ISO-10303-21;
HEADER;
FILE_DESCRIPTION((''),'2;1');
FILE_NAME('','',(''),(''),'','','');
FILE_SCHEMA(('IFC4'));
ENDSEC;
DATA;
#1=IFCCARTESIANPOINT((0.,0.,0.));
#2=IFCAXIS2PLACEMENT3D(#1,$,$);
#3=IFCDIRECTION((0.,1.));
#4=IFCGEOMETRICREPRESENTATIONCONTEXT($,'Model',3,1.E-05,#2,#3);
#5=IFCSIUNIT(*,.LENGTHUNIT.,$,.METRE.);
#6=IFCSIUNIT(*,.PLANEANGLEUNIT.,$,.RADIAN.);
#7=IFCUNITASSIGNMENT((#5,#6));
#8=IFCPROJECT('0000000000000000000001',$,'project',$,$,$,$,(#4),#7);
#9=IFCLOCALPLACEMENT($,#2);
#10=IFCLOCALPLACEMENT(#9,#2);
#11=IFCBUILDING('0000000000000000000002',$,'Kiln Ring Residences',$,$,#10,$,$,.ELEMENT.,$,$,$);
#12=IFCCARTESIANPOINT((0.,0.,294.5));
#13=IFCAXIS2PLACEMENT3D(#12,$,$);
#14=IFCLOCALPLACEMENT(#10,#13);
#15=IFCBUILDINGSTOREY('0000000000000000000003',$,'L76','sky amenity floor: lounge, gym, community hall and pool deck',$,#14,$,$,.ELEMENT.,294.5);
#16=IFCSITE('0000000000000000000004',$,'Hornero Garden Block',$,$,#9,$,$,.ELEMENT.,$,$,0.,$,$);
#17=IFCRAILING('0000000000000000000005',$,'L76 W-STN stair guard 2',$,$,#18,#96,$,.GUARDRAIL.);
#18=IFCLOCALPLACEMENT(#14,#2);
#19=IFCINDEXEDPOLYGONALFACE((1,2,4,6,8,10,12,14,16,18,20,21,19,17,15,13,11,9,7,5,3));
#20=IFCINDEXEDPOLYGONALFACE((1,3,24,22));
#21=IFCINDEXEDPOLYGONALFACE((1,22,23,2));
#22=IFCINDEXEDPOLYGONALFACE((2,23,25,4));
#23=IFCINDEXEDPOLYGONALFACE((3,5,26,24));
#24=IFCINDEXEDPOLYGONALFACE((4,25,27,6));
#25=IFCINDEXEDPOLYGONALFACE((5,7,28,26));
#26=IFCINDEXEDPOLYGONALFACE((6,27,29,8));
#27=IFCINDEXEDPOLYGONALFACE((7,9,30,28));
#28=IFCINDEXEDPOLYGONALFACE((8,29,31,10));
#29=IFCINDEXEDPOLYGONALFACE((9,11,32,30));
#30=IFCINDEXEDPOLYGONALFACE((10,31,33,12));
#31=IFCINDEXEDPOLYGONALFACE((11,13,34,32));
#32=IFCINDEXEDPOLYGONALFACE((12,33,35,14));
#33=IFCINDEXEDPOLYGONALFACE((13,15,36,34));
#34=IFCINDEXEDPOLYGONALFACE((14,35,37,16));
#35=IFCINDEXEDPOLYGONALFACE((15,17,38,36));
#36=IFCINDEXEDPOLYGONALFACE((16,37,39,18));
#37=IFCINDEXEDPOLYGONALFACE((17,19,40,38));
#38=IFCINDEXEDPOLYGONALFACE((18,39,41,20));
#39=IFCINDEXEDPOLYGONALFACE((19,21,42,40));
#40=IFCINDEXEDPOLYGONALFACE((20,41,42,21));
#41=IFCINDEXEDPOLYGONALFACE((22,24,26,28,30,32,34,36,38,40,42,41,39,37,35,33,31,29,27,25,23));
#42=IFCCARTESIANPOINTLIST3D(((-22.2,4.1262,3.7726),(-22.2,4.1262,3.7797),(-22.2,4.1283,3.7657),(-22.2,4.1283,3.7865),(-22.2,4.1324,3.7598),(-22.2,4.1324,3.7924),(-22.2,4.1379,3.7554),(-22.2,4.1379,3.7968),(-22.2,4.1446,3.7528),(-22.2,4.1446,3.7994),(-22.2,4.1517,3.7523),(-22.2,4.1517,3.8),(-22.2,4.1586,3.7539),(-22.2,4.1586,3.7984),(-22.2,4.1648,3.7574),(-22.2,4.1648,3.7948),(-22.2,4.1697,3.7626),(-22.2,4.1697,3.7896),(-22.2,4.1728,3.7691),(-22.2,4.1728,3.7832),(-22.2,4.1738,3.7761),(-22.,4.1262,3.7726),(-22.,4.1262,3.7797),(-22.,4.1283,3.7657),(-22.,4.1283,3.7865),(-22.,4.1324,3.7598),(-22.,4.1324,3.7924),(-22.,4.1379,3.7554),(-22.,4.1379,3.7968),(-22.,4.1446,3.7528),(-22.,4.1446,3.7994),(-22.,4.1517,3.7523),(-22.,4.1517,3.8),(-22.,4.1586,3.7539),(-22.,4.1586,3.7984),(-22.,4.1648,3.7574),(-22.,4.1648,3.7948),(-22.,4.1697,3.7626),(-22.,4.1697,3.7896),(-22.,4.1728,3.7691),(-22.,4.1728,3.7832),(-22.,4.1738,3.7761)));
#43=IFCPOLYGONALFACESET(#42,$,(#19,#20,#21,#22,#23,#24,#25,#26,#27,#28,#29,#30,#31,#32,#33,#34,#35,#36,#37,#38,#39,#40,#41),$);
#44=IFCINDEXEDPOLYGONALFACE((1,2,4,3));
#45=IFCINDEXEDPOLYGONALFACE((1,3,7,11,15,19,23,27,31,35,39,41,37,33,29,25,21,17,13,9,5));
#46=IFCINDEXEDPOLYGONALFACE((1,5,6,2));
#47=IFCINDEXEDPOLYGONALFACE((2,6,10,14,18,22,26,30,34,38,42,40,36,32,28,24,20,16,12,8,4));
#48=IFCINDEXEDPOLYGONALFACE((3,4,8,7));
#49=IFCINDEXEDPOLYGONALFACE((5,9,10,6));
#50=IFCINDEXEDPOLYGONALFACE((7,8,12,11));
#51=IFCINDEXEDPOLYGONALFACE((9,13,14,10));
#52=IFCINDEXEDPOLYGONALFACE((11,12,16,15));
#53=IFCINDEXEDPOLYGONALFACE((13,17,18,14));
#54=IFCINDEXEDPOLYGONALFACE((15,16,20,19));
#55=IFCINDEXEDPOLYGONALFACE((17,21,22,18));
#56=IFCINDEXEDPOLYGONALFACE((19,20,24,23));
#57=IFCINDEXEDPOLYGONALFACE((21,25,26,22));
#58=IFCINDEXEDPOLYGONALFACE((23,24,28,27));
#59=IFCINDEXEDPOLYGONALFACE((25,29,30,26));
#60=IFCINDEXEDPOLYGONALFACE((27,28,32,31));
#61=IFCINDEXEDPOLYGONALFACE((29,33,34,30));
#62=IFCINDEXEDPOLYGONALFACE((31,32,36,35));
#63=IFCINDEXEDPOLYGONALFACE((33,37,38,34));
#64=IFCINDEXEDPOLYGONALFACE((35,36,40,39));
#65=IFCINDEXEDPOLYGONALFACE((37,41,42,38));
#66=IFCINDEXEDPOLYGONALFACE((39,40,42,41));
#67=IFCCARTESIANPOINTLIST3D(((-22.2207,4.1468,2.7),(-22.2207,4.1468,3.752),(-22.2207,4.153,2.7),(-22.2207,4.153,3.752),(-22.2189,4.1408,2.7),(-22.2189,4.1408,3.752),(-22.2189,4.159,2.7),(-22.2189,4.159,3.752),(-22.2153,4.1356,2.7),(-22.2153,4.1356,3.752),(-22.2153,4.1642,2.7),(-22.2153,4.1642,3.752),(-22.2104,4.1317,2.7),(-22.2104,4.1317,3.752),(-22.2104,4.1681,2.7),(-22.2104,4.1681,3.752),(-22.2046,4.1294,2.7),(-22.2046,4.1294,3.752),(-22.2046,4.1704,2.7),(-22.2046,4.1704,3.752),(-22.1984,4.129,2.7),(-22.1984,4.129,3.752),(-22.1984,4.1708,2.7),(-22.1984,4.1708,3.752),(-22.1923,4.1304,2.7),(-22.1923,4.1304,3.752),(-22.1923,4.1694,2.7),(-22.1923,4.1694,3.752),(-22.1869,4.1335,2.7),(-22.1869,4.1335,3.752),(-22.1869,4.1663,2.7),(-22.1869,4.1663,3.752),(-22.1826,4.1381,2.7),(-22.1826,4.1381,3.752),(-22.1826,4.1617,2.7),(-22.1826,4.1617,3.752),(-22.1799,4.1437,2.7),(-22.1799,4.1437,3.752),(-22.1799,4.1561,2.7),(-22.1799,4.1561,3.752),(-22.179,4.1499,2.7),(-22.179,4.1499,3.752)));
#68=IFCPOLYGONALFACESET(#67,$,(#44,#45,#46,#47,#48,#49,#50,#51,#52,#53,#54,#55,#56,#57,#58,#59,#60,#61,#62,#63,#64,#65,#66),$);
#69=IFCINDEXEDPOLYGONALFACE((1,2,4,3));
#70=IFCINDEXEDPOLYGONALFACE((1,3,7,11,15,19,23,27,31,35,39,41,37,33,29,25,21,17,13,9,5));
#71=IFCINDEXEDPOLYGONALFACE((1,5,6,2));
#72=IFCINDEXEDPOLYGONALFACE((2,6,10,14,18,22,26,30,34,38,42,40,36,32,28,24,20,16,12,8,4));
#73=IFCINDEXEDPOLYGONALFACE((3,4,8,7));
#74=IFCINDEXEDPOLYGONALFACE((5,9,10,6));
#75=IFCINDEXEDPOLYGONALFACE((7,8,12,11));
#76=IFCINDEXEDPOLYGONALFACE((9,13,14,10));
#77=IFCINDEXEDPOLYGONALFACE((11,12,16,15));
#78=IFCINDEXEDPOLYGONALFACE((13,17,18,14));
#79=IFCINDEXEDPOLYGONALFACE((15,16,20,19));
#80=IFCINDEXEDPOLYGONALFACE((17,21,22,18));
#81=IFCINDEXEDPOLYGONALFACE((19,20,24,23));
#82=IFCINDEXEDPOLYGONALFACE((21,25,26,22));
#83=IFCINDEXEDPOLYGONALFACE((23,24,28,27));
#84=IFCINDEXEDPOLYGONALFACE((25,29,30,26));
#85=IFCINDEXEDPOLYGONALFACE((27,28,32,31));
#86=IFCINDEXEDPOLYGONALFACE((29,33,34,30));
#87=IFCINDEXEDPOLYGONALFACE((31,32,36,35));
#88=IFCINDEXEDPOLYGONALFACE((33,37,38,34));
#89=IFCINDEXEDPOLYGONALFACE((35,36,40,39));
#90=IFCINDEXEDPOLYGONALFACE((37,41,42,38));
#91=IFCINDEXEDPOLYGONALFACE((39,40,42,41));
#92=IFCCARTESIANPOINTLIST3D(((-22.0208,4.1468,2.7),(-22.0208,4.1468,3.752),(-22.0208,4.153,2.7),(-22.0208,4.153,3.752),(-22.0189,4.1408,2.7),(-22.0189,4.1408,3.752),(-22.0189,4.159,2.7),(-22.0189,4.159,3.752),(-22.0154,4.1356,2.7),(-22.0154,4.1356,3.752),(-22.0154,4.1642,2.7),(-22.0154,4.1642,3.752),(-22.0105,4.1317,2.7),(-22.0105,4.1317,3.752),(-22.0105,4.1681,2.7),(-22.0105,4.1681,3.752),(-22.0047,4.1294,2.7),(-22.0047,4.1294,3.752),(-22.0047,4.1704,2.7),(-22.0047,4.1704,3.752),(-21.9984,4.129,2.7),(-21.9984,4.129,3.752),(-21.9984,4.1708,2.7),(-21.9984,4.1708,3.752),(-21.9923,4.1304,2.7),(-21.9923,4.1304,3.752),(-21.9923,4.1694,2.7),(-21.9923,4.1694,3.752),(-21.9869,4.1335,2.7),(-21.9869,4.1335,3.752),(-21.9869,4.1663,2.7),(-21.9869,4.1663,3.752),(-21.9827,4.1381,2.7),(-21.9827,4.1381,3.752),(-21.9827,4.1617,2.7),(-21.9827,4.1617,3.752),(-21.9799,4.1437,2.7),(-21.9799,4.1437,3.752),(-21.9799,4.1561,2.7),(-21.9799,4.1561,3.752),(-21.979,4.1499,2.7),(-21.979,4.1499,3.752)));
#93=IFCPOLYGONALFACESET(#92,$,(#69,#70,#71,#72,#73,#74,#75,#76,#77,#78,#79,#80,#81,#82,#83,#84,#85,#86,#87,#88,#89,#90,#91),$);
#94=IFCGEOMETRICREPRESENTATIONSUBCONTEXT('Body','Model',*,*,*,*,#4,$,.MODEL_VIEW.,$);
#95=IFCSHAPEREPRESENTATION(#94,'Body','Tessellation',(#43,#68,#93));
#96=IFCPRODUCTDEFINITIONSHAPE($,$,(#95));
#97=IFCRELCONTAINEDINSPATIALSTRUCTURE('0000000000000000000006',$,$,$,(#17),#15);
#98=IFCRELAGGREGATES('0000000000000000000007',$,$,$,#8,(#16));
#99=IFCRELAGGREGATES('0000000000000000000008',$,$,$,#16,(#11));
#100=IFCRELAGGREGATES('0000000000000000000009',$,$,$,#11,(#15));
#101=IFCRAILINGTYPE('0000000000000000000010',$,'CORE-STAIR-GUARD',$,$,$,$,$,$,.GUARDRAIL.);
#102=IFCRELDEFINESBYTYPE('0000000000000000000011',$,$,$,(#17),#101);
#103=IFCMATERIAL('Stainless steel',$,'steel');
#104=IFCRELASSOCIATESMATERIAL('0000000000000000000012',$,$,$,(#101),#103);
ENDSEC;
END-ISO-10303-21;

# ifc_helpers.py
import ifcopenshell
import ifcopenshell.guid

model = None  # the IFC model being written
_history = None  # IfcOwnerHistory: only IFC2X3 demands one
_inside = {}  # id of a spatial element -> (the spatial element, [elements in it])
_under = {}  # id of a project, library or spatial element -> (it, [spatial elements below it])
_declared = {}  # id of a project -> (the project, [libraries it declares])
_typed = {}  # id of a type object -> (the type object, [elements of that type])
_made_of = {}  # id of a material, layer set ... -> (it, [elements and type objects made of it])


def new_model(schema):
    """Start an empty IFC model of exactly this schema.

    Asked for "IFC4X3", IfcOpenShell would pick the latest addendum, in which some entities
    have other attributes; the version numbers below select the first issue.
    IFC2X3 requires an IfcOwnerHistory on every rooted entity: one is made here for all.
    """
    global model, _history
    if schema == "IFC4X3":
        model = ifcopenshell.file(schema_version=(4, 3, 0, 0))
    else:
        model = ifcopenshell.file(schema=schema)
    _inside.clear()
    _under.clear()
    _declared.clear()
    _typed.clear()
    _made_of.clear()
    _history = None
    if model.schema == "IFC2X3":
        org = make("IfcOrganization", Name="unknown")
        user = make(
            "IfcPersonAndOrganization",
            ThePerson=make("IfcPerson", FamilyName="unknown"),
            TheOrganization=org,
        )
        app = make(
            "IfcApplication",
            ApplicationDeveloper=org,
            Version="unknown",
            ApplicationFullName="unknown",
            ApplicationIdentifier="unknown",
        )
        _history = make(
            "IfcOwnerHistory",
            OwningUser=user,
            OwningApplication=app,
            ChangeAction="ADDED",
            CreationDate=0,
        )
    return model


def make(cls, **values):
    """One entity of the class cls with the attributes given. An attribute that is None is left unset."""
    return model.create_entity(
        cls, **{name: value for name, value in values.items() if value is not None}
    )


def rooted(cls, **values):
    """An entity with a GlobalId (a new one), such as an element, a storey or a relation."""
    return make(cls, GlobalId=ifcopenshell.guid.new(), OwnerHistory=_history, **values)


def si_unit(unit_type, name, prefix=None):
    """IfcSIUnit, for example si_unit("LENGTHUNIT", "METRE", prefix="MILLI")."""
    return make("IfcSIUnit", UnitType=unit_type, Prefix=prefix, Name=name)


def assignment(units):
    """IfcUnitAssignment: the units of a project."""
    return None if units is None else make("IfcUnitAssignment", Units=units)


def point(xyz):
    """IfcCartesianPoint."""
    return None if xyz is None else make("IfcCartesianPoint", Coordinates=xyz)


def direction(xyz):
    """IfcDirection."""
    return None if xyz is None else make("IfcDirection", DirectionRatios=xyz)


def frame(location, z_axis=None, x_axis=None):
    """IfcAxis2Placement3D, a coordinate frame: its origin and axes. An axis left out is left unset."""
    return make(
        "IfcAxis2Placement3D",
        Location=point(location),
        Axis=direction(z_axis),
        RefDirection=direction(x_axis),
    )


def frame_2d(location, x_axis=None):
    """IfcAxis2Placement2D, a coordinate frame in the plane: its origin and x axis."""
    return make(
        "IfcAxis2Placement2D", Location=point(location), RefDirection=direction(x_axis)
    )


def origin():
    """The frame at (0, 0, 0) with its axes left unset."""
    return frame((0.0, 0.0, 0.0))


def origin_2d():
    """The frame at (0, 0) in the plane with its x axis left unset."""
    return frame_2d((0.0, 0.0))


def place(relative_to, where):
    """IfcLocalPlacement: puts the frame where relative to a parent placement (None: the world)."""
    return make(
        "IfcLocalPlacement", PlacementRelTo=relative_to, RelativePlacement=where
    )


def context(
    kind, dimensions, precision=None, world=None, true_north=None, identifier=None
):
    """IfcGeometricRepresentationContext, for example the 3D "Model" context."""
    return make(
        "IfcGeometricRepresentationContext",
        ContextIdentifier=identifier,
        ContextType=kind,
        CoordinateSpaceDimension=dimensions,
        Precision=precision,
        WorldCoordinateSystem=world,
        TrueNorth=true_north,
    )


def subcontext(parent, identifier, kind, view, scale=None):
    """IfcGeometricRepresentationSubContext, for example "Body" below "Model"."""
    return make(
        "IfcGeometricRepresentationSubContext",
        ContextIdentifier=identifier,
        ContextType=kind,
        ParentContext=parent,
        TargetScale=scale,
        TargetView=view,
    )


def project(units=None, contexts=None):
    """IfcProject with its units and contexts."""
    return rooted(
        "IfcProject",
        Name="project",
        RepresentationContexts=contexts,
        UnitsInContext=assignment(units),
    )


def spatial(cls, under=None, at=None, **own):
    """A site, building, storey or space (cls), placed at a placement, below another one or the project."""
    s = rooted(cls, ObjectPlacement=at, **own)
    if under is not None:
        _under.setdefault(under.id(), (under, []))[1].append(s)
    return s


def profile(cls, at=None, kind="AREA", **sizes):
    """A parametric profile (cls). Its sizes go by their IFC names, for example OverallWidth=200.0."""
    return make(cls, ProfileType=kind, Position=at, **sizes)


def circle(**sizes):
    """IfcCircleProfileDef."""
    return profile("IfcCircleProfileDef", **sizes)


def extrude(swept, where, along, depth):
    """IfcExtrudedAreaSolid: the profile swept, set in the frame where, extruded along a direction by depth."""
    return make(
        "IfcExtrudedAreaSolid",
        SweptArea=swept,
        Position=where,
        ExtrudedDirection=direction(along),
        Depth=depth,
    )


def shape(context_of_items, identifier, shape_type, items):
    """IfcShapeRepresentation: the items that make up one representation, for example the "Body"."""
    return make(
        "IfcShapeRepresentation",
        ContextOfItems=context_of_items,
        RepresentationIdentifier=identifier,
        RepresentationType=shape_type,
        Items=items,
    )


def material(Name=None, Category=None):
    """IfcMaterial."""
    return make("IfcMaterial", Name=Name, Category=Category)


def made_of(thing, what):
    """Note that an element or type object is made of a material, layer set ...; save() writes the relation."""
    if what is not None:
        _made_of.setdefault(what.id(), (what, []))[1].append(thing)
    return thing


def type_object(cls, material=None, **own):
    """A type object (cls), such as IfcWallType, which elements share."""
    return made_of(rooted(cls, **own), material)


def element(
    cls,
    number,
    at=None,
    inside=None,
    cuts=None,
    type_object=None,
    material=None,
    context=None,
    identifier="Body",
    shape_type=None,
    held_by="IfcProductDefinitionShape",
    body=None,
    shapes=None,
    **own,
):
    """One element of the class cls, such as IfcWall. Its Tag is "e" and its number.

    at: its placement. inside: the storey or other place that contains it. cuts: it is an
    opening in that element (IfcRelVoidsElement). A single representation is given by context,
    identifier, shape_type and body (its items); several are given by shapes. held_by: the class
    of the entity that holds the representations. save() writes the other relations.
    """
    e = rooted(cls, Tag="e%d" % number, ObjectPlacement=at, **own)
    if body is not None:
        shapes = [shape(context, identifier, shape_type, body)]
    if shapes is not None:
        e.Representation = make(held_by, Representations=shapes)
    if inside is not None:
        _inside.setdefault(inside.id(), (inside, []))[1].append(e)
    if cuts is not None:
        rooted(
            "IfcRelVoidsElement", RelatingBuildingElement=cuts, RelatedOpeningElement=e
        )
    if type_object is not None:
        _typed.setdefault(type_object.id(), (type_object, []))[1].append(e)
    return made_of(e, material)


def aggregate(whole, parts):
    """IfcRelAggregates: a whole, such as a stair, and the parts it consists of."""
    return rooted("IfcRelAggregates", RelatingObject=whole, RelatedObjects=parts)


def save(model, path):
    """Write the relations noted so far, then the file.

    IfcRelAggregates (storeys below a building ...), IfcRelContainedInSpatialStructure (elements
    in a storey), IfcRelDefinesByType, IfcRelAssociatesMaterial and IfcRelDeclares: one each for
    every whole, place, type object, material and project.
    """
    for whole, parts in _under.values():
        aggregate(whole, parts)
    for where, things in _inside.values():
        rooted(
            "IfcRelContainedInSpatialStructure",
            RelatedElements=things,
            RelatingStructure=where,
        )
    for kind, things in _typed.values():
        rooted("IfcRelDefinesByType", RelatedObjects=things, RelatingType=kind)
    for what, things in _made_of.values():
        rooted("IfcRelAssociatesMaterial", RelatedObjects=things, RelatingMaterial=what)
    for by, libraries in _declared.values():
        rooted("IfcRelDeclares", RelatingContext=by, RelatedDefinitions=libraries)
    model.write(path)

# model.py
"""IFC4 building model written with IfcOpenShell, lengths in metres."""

from ifc_helpers import new_model, si_unit, direction, frame, origin, origin_2d, place, context, subcontext, project, spatial, circle, extrude, material, type_object, element, save


model = new_model("IFC4")

# Units and contexts
model_context = context("Model", 3, precision=1e-05, world=origin(), true_north=direction((0.0, 1.0)))
body_context = subcontext(model_context, "Body", "Model", "MODEL_VIEW")
ifc_project = project(units=[si_unit("LENGTHUNIT", "METRE"), si_unit("PLANEANGLEUNIT", "RADIAN")], contexts=[model_context])

# Site, building, storey
site_placement = place(None, origin())
site = spatial("IfcSite", under=ifc_project, at=site_placement, Name="Hornero Garden Block", CompositionType="ELEMENT", RefElevation=0.0)
building_placement = place(site_placement, origin())
building = spatial("IfcBuilding", under=site, at=building_placement, Name="Kiln Ring Residences", CompositionType="ELEMENT")
storey_placement = place(building_placement, frame((0.0, 0.0, 294.5)))
storey = spatial("IfcBuildingStorey", under=building, at=storey_placement, Name="L76", Description="sky amenity floor: lounge, gym, community hall and pool deck", CompositionType="ELEMENT", Elevation=294.5)

# Railing
ifc_material_1 = material(Name="Stainless steel", Category="steel")
railing_type_1 = type_object("IfcRailingType", Name="CORE-STAIR-GUARD", PredefinedType="GUARDRAIL", material=ifc_material_1)
railing_1_placement = place(storey_placement, frame((-22.2, 4.1499, 2.7)))
element("IfcRailing", 1, at=railing_1_placement, inside=storey, type_object=railing_type_1, Name="L76 W-STN stair guard 2", PredefinedType="GUARDRAIL", context=body_context, shape_type="SweptSolid", body=[
    extrude(circle(Radius=0.0239, at=origin_2d()), frame((0.0, 0.0, 1.0762), z_axis=(1.0, 0.0, 0.0), x_axis=(0.0, 1.0, 0.0)), (0.0, 0.0, 1.0), 0.2),
    extrude(circle(Radius=0.021, at=origin_2d()), origin(), (0.0, 0.0, 1.0), 1.052),
    extrude(circle(Radius=0.021, at=origin_2d()), frame((0.2, 0.0, 0.0)), (0.0, 0.0, 1.0), 1.052),
])

save(model, "model.ifc")
